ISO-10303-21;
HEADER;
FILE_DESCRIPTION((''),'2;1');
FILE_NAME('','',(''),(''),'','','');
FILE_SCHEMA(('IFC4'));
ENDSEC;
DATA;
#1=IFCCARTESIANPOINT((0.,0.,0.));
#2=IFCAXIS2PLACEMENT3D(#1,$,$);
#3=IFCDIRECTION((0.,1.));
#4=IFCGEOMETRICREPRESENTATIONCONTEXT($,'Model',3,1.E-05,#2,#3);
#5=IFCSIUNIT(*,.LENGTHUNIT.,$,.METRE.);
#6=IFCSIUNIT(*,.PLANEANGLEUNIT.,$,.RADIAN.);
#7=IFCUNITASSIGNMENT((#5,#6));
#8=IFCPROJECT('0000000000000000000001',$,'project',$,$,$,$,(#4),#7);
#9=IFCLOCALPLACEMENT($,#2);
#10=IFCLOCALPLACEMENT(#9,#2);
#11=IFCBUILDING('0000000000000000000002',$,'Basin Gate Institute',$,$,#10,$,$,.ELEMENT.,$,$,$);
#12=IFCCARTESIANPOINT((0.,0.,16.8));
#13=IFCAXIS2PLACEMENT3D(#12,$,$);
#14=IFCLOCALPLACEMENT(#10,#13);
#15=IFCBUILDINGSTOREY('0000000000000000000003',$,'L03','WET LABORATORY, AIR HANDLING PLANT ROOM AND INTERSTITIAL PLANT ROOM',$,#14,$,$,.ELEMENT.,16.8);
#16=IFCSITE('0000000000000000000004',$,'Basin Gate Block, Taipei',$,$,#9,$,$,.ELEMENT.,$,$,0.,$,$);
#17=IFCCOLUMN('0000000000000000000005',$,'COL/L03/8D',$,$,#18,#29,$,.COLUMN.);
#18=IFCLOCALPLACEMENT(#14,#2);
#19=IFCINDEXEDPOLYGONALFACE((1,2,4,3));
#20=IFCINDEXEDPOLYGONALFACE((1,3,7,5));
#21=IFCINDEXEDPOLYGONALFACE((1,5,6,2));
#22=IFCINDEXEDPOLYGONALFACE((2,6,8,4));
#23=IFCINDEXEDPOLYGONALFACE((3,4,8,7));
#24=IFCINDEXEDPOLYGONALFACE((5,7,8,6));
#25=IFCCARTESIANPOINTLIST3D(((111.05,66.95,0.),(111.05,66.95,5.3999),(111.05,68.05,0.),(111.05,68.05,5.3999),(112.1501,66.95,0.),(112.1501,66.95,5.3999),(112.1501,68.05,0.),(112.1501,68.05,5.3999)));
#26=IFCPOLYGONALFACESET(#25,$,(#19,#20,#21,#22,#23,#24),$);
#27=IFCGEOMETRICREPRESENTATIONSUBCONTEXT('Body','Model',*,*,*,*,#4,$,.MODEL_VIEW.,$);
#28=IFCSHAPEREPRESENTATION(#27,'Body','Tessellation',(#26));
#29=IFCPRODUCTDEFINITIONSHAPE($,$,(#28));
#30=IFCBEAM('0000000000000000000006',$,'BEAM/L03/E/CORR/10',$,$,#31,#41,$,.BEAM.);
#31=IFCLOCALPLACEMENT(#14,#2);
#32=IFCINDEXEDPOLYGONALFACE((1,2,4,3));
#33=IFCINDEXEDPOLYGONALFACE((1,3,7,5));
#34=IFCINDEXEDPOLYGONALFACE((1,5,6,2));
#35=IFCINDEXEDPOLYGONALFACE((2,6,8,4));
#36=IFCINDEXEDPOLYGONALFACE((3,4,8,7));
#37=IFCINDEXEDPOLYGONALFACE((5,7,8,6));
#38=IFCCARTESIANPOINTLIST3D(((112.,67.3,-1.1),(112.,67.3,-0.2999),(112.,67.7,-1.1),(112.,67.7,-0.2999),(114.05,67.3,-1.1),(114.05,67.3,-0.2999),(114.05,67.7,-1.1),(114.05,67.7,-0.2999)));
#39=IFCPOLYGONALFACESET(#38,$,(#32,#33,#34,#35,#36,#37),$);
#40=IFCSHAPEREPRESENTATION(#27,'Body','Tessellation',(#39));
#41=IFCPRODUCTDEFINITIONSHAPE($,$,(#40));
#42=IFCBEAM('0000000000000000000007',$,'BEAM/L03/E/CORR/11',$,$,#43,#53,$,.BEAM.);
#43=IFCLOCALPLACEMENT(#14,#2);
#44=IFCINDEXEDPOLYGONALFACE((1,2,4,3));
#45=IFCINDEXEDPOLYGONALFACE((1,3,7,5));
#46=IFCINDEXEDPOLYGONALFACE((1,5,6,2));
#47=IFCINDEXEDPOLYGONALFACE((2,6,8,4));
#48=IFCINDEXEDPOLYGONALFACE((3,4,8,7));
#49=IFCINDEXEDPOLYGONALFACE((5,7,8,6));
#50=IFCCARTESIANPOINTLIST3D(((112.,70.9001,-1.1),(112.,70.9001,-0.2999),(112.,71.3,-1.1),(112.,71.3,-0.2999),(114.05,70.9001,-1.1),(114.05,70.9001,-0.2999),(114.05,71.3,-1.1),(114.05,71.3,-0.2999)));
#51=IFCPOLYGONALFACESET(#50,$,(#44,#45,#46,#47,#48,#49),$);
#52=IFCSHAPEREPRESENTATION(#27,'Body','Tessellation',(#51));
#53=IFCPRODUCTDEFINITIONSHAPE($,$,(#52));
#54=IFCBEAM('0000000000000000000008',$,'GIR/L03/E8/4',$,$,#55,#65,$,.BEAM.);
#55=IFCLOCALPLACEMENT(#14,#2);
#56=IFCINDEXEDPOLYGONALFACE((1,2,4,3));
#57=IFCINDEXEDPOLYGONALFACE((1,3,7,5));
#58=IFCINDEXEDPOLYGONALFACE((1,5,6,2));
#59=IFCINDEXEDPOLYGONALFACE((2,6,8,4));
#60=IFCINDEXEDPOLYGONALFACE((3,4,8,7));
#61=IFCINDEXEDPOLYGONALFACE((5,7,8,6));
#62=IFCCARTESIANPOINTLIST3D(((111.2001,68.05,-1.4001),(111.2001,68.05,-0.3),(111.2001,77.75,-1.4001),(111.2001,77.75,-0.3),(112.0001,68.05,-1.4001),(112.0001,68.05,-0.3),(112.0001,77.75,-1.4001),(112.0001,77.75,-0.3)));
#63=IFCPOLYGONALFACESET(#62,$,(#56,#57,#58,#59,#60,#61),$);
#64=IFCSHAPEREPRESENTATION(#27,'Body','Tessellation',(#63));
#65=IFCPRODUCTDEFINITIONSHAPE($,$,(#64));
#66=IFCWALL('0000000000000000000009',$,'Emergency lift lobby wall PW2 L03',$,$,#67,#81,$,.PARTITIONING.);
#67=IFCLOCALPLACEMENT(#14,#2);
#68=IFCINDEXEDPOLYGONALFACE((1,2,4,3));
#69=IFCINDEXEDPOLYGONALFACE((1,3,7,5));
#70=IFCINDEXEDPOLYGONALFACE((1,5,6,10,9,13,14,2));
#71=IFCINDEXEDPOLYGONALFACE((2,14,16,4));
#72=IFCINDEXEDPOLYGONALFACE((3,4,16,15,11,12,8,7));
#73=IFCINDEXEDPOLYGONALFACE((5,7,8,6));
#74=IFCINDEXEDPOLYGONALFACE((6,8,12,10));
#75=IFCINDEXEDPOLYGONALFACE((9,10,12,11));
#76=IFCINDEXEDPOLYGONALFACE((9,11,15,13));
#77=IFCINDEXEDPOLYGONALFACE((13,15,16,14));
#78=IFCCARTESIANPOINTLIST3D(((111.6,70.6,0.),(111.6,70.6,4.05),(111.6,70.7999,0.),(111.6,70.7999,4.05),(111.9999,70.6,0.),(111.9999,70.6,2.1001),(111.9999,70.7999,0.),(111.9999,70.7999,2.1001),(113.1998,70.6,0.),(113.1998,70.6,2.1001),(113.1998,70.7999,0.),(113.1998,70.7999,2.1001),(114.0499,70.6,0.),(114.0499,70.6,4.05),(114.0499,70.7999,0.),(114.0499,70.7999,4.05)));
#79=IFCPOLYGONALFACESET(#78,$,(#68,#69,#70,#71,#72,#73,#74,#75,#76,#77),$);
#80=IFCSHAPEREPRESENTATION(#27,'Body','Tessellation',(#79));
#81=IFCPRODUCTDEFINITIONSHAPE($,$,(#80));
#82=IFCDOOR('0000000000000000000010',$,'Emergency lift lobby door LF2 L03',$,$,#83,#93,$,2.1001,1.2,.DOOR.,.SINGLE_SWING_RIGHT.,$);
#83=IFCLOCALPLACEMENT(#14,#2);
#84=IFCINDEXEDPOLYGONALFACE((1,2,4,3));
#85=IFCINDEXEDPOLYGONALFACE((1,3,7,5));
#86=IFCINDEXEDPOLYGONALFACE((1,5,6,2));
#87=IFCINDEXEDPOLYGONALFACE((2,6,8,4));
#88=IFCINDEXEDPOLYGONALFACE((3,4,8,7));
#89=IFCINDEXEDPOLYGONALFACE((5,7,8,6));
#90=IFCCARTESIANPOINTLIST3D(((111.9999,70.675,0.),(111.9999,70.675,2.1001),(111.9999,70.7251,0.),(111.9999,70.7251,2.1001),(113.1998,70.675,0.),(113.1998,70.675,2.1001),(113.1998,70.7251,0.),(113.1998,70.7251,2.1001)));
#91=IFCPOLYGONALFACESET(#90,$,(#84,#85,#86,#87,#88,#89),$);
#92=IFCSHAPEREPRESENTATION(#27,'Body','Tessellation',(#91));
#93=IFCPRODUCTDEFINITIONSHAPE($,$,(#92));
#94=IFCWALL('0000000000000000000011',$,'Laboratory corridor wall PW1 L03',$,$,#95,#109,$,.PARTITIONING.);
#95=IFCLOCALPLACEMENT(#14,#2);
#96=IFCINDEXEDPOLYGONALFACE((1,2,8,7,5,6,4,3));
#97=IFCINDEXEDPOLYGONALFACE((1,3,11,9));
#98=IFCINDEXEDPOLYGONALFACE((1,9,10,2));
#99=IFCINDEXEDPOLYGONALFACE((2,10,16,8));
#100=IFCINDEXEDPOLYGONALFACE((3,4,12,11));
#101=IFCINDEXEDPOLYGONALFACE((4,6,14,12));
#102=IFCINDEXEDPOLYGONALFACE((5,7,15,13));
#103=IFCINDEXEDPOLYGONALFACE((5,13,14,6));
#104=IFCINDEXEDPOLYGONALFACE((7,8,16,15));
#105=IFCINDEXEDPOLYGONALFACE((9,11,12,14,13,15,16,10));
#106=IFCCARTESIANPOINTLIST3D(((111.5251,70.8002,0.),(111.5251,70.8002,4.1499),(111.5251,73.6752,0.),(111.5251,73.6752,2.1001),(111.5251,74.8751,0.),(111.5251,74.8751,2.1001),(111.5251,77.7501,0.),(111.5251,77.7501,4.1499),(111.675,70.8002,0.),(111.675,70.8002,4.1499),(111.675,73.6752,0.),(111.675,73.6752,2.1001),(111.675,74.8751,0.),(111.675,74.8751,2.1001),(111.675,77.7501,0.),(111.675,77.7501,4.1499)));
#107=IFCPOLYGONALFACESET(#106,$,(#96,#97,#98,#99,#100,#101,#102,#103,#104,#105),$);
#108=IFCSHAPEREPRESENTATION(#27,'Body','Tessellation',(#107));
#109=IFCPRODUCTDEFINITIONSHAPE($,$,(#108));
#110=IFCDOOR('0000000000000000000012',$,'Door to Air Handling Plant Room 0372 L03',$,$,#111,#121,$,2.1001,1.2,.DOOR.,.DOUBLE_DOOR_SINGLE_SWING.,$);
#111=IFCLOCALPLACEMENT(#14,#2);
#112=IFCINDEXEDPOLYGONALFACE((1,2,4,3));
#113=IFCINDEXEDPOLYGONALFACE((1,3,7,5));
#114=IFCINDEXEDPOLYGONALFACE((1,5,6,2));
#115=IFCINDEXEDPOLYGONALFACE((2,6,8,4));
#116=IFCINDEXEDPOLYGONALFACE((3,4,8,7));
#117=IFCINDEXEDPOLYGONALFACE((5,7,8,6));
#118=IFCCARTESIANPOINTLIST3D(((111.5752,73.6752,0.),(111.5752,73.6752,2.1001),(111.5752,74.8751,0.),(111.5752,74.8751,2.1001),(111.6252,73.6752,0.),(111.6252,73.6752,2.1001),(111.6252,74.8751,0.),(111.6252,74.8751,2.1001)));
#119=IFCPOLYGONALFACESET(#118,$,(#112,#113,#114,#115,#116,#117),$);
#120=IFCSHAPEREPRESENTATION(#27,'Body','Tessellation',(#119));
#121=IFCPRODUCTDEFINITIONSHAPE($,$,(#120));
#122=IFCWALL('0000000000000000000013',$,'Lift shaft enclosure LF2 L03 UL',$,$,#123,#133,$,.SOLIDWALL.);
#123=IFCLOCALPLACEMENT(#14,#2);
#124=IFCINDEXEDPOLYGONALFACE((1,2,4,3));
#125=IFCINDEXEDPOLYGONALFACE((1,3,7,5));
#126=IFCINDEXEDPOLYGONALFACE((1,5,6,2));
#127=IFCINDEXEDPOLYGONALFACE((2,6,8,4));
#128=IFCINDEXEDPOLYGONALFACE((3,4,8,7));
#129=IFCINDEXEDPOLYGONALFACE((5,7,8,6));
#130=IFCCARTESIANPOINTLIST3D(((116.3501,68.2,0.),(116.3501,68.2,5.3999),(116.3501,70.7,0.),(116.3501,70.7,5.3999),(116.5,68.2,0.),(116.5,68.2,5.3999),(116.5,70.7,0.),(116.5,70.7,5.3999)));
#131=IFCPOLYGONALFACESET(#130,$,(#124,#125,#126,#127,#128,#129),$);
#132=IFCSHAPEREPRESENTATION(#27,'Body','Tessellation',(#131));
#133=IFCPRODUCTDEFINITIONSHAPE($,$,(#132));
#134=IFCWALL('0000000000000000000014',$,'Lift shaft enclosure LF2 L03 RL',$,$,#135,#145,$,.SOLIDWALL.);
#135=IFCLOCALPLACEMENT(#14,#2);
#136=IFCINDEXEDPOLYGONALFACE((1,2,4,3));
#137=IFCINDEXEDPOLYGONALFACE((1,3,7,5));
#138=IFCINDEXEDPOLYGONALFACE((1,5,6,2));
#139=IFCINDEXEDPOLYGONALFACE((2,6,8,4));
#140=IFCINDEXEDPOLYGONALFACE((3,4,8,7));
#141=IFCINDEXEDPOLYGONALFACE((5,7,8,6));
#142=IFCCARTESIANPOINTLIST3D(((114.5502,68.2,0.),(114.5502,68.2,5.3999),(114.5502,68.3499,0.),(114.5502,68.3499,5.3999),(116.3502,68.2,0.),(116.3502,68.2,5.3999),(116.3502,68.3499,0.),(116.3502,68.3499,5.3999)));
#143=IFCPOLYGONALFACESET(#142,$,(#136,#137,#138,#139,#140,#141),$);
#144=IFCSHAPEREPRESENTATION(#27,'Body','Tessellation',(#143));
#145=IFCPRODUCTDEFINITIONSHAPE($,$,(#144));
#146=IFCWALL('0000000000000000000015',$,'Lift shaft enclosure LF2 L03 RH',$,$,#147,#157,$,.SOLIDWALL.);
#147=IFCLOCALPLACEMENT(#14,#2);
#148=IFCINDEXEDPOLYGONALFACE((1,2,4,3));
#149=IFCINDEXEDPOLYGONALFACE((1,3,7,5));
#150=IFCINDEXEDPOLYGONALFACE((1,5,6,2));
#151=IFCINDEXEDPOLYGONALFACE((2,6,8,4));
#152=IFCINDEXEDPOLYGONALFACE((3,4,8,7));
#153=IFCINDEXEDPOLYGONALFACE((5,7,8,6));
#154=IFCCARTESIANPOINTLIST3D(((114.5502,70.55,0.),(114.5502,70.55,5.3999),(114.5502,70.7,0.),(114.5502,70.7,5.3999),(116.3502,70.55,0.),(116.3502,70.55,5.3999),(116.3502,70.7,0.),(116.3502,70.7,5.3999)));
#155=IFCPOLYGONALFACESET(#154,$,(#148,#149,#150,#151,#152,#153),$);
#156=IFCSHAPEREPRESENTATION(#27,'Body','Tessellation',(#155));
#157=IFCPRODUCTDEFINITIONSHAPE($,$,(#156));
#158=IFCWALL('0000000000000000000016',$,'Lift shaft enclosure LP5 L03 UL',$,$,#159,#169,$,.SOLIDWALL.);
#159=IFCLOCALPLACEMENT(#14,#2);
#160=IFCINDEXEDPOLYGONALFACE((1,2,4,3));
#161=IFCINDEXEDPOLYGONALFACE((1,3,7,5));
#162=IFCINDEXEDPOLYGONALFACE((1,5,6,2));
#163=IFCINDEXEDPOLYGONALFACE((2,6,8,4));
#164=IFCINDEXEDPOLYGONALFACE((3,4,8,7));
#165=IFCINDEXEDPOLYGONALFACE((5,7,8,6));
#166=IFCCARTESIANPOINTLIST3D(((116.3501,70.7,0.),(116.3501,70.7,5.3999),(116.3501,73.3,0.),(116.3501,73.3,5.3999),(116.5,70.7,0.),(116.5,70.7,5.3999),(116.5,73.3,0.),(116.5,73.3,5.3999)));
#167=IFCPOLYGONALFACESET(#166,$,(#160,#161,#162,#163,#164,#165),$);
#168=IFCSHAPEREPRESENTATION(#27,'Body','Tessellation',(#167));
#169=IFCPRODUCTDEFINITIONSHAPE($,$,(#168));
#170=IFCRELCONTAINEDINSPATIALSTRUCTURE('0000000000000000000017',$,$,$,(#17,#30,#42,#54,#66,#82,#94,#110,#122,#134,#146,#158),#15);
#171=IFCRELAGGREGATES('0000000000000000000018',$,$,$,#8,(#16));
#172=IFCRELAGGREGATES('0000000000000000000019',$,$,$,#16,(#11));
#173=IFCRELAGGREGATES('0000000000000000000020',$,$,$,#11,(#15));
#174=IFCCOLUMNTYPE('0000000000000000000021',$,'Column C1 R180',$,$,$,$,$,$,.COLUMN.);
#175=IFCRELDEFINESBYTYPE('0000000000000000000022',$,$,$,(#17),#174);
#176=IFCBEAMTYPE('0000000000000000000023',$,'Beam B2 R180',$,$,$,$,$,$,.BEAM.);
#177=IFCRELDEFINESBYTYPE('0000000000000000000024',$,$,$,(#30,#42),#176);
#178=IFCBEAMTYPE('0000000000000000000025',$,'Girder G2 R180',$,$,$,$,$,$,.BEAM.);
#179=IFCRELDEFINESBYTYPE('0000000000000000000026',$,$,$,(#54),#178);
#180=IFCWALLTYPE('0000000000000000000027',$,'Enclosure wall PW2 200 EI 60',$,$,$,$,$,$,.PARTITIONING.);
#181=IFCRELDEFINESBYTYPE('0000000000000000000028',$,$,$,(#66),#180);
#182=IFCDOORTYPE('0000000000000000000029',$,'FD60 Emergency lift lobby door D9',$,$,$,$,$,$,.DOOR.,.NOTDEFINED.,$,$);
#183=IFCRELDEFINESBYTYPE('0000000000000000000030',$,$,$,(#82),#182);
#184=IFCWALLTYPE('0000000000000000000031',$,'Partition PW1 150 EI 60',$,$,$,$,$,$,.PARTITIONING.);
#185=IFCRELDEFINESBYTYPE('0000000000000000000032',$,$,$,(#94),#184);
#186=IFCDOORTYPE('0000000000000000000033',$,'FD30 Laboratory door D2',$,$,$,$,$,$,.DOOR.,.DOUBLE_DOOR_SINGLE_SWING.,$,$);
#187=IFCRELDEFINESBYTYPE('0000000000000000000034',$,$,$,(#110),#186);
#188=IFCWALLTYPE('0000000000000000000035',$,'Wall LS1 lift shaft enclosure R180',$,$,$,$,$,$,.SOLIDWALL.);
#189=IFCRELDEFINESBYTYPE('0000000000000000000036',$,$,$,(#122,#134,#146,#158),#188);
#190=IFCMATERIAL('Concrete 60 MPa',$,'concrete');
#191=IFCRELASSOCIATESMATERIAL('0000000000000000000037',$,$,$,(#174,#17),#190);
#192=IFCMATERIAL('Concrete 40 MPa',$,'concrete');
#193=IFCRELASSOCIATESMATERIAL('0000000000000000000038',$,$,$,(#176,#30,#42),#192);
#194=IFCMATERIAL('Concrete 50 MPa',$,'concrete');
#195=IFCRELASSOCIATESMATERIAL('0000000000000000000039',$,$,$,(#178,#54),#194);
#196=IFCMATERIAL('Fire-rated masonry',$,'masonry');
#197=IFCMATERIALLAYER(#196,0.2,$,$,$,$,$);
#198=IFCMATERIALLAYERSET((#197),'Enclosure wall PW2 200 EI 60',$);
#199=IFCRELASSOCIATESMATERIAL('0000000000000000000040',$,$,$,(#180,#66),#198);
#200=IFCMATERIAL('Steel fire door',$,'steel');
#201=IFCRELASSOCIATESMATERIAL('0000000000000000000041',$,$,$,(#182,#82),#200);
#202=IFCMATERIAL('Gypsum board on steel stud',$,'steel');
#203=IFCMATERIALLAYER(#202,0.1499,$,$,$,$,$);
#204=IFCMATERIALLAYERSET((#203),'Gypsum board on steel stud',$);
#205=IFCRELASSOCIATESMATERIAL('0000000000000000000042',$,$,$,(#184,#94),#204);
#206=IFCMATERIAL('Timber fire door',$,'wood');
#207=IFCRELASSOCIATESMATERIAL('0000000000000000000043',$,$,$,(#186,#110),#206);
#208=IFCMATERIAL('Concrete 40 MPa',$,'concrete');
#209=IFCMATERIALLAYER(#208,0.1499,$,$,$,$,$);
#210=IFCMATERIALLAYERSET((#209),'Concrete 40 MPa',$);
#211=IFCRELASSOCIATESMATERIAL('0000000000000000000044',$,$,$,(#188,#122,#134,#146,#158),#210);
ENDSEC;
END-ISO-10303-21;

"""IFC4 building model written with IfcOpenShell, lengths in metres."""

from ifc_helpers import new_model, si_unit, direction, frame, frame_2d, origin, origin_2d, place, context, subcontext, project, spatial, rectangle, extrude, material, layer, layer_set, material_profile, profile_set, type_object, element, fill, save


model = new_model("IFC4")

# Units and contexts
model_context = context("Model", 3, precision=1e-05, world=origin(), true_north=direction((0.0, 1.0)))
body_context = subcontext(model_context, "Body", "Model", "MODEL_VIEW")
ifc_project = project(units=[si_unit("LENGTHUNIT", "METRE"), si_unit("PLANEANGLEUNIT", "RADIAN")], contexts=[model_context])

# Site, building, storey
site_placement = place(None, origin())
site = spatial("IfcSite", under=ifc_project, at=site_placement, Name="Basin Gate Block, Taipei", CompositionType="ELEMENT", RefElevation=0.0)
building_placement = place(site_placement, origin())
building = spatial("IfcBuilding", under=site, at=building_placement, Name="Basin Gate Institute", CompositionType="ELEMENT")
storey_placement = place(building_placement, frame((0.0, 0.0, 16.8)))
storey = spatial("IfcBuildingStorey", under=building, at=storey_placement, Name="L03", Description="WET LABORATORY, AIR HANDLING PLANT ROOM AND INTERSTITIAL PLANT ROOM", CompositionType="ELEMENT", Elevation=16.8)

# Column
ifc_material_1 = material(Name="Concrete 60 MPa", Category="concrete")
ifc_material_profile_1 = material_profile(ifc_material_1, rectangle(XDim=1.1001, YDim=1.1001, at=origin_2d()), Name="Column C1 1100 x 1100")
ifc_profile_set_1 = profile_set([ifc_material_profile_1], Name="Concrete 60 MPa")
column_type = type_object("IfcColumnType", Name="Column C1 R180", PredefinedType="COLUMN", material=ifc_profile_set_1)
column_placement = place(storey_placement, frame((111.6001, 67.5, 0.0), z_axis=(0.0, 0.0, 1.0), x_axis=(1.0, 0.0, 0.0)))
element("IfcColumn", 1, at=column_placement, inside=storey, type_object=column_type, material=ifc_profile_set_1, Name="COL/L03/8D", PredefinedType="COLUMN", context=body_context, shape_type="SweptSolid", body=[
    extrude(rectangle(XDim=1.1001, YDim=1.1001, at=origin_2d()), origin(), (0.0, 0.0, 1.0), 5.3999),
])

# Beams
ifc_material_2 = material(Name="Concrete 40 MPa", Category="concrete")
ifc_material_profile_2 = material_profile(ifc_material_2, rectangle(XDim=0.3999, YDim=0.8, at=origin_2d()), Name="Beam B2 400 x 800")
ifc_profile_set_2 = profile_set([ifc_material_profile_2], Name="Concrete 40 MPa")
beam_type_1 = type_object("IfcBeamType", Name="Beam B2 R180", PredefinedType="BEAM", material=ifc_profile_set_2)
for number, where, z_axis, x_axis, name in (
    (2, (114.05, 67.5, -0.7), (-1.0, 0.0, 0.0), (0.0, -1.0, 0.0), "BEAM/L03/E/CORR/10"),
    (3, (114.05, 71.1001, -0.7), (-1.0, 0.0, 0.0), (0.0, -1.0, 0.0), "BEAM/L03/E/CORR/11"),
):
    element("IfcBeam", number, at=place(storey_placement, frame(where, z_axis=z_axis, x_axis=x_axis)), inside=storey, type_object=beam_type_1, material=ifc_profile_set_2, Name=name, PredefinedType="BEAM", context=body_context, shape_type="SweptSolid", body=[
        extrude(rectangle(XDim=0.3999, YDim=0.8, at=origin_2d()), origin(), (0.0, 0.0, 1.0), 2.05),
    ])
ifc_material_3 = material(Name="Concrete 50 MPa", Category="concrete")
ifc_material_profile_3 = material_profile(ifc_material_3, rectangle(XDim=0.8, YDim=1.1001, at=origin_2d()), Name="Girder G2 800 x 1100")
ifc_profile_set_3 = profile_set([ifc_material_profile_3], Name="Concrete 50 MPa")
beam_type_2 = type_object("IfcBeamType", Name="Girder G2 R180", PredefinedType="BEAM", material=ifc_profile_set_3)
beam_placement = place(storey_placement, frame((111.6001, 68.05, -0.8501), z_axis=(0.0, 1.0, 0.0), x_axis=(-1.0, 0.0, 0.0)))
element("IfcBeam", 4, at=beam_placement, inside=storey, type_object=beam_type_2, material=ifc_profile_set_3, Name="GIR/L03/E8/4", PredefinedType="BEAM", context=body_context, shape_type="SweptSolid", body=[
    extrude(rectangle(XDim=0.8, YDim=1.1001, at=origin_2d()), origin(), (0.0, 0.0, 1.0), 9.7),
])

# Walls, openings, doors
ifc_material_4 = material(Name="Fire-rated masonry", Category="masonry")
ifc_layer_1 = layer(ifc_material_4, 0.2)
ifc_layer_set_1 = layer_set([ifc_layer_1], Name="Enclosure wall PW2 200 EI 60")
wall_type_1 = type_object("IfcWallType", Name="Enclosure wall PW2 200 EI 60", PredefinedType="PARTITIONING", material=ifc_layer_set_1)
wall_1_placement = place(storey_placement, frame((114.05, 70.7, 0.0), z_axis=(0.0, 0.0, 1.0), x_axis=(-1.0, 0.0, 0.0)))
wall_1 = element("IfcWall", 5, at=wall_1_placement, inside=storey, type_object=wall_type_1, material=ifc_layer_set_1, Name="Emergency lift lobby wall PW2 L03", PredefinedType="PARTITIONING", context=body_context, shape_type="SweptSolid", body=[
    extrude(rectangle(XDim=2.45, YDim=0.2, at=frame_2d((1.2251, 0.0))), origin(), (0.0, 0.0, 1.0), 4.05),
])
opening_1_placement = place(wall_1_placement, frame((0.8501, 0.0, 0.0)))
opening_1 = element("IfcOpeningElement", 6, at=opening_1_placement, cuts=wall_1, PredefinedType="OPENING", context=body_context, shape_type="SweptSolid", body=[
    extrude(rectangle(XDim=1.2, YDim=2.1001, at=frame_2d((0.6001, 1.05))), frame((0.0, 0.1099, 0.0), z_axis=(0.0, -1.0, 0.0), x_axis=(1.0, 0.0, 0.0)), (0.0, 0.0, 1.0), 0.22),
])
ifc_material_5 = material(Name="Steel fire door", Category="steel")
door_type_1 = type_object("IfcDoorType", Name="FD60 Emergency lift lobby door D9", OperationType="NOTDEFINED", PredefinedType="DOOR", material=ifc_material_5)
door_1_placement = place(opening_1_placement, origin())
door_1 = element("IfcDoor", 7, at=door_1_placement, inside=storey, type_object=door_type_1, material=ifc_material_5, Name="Emergency lift lobby door LF2 L03", OperationType="SINGLE_SWING_RIGHT", OverallHeight=2.1001, OverallWidth=1.2, PredefinedType="DOOR", context=body_context, shape_type="SweptSolid", body=[
    extrude(rectangle(XDim=1.2, YDim=2.1001, at=frame_2d((0.6001, 1.05))), frame((0.0, 0.0249, 0.0), z_axis=(0.0, -1.0, 0.0), x_axis=(1.0, 0.0, 0.0)), (0.0, 0.0, 1.0), 0.05),
])
fill(opening_1, door_1)
ifc_material_6 = material(Name="Gypsum board on steel stud", Category="steel")
ifc_layer_2 = layer(ifc_material_6, 0.1499)
ifc_layer_set_2 = layer_set([ifc_layer_2], Name="Gypsum board on steel stud")
wall_type_2 = type_object("IfcWallType", Name="Partition PW1 150 EI 60", PredefinedType="PARTITIONING", material=ifc_layer_set_2)
wall_2_placement = place(storey_placement, frame((111.6001, 70.8, 0.0), z_axis=(0.0, 0.0, 1.0), x_axis=(0.0, 1.0, 0.0)))
wall_2 = element("IfcWall", 8, at=wall_2_placement, inside=storey, type_object=wall_type_2, material=ifc_layer_set_2, Name="Laboratory corridor wall PW1 L03", PredefinedType="PARTITIONING", context=body_context, shape_type="SweptSolid", body=[
    extrude(rectangle(XDim=6.95, YDim=0.1499, at=frame_2d((3.4751, 0.0))), origin(), (0.0, 0.0, 1.0), 4.1499),
])
opening_2_placement = place(wall_2_placement, frame((2.875, 0.0, 0.0)))
opening_2 = element("IfcOpeningElement", 9, at=opening_2_placement, cuts=wall_2, PredefinedType="OPENING", context=body_context, shape_type="SweptSolid", body=[
    extrude(rectangle(XDim=1.2, YDim=2.1001, at=frame_2d((0.6001, 1.05))), frame((0.0, 0.085, 0.0), z_axis=(0.0, -1.0, 0.0), x_axis=(1.0, 0.0, 0.0)), (0.0, 0.0, 1.0), 0.1699),
])
ifc_material_7 = material(Name="Timber fire door", Category="wood")
door_type_2 = type_object("IfcDoorType", Name="FD30 Laboratory door D2", OperationType="DOUBLE_DOOR_SINGLE_SWING", PredefinedType="DOOR", material=ifc_material_7)
door_2_placement = place(opening_2_placement, origin())
door_2 = element("IfcDoor", 10, at=door_2_placement, inside=storey, type_object=door_type_2, material=ifc_material_7, Name="Door to Air Handling Plant Room 0372 L03", OperationType="DOUBLE_DOOR_SINGLE_SWING", OverallHeight=2.1001, OverallWidth=1.2, PredefinedType="DOOR", context=body_context, shape_type="SweptSolid", body=[
    extrude(rectangle(XDim=1.2, YDim=2.1001, at=frame_2d((0.6001, 1.05))), frame((0.0, 0.0249, 0.0), z_axis=(0.0, -1.0, 0.0), x_axis=(1.0, 0.0, 0.0)), (0.0, 0.0, 1.0), 0.05),
])
fill(opening_2, door_2)

# Walls
ifc_material_8 = material(Name="Concrete 40 MPa", Category="concrete")
ifc_layer_3 = layer(ifc_material_8, 0.1499)
ifc_layer_set_3 = layer_set([ifc_layer_3], Name="Concrete 40 MPa")
wall_type_3 = type_object("IfcWallType", Name="Wall LS1 lift shaft enclosure R180", PredefinedType="SOLIDWALL", material=ifc_layer_set_3)
wall_3_placement = place(storey_placement, frame((116.425, 68.2, 0.0), z_axis=(0.0, 0.0, 1.0), x_axis=(0.0, 1.0, 0.0)))
element("IfcWall", 11, at=wall_3_placement, inside=storey, type_object=wall_type_3, material=ifc_layer_set_3, Name="Lift shaft enclosure LF2 L03 UL", PredefinedType="SOLIDWALL", context=body_context, shape_type="SweptSolid", body=[
    extrude(rectangle(XDim=2.5, YDim=0.1499, at=frame_2d((1.25, 0.0))), origin(), (0.0, 0.0, 1.0), 5.3999),
])
for number, where, z_axis, x_axis, name in (
    (12, (116.3501, 68.2749, 0.0), (0.0, 0.0, 1.0), (-1.0, 0.0, 0.0), "Lift shaft enclosure LF2 L03 RL"),
    (13, (116.3501, 70.625, 0.0), (0.0, 0.0, 1.0), (-1.0, 0.0, 0.0), "Lift shaft enclosure LF2 L03 RH"),
):
    element("IfcWall", number, at=place(storey_placement, frame(where, z_axis=z_axis, x_axis=x_axis)), inside=storey, type_object=wall_type_3, material=ifc_layer_set_3, Name=name, PredefinedType="SOLIDWALL", context=body_context, shape_type="SweptSolid", body=[
        extrude(rectangle(XDim=1.8, YDim=0.1499, at=frame_2d((0.8999, 0.0))), origin(), (0.0, 0.0, 1.0), 5.3999),
    ])
wall_4_placement = place(storey_placement, frame((116.425, 70.7, 0.0), z_axis=(0.0, 0.0, 1.0), x_axis=(0.0, 1.0, 0.0)))
element("IfcWall", 14, at=wall_4_placement, inside=storey, type_object=wall_type_3, material=ifc_layer_set_3, Name="Lift shaft enclosure LP5 L03 UL", PredefinedType="SOLIDWALL", context=body_context, shape_type="SweptSolid", body=[
    extrude(rectangle(XDim=2.6001, YDim=0.1499, at=frame_2d((1.3, 0.0))), origin(), (0.0, 0.0, 1.0), 5.3999),
])

save(model, "model.ifc")
